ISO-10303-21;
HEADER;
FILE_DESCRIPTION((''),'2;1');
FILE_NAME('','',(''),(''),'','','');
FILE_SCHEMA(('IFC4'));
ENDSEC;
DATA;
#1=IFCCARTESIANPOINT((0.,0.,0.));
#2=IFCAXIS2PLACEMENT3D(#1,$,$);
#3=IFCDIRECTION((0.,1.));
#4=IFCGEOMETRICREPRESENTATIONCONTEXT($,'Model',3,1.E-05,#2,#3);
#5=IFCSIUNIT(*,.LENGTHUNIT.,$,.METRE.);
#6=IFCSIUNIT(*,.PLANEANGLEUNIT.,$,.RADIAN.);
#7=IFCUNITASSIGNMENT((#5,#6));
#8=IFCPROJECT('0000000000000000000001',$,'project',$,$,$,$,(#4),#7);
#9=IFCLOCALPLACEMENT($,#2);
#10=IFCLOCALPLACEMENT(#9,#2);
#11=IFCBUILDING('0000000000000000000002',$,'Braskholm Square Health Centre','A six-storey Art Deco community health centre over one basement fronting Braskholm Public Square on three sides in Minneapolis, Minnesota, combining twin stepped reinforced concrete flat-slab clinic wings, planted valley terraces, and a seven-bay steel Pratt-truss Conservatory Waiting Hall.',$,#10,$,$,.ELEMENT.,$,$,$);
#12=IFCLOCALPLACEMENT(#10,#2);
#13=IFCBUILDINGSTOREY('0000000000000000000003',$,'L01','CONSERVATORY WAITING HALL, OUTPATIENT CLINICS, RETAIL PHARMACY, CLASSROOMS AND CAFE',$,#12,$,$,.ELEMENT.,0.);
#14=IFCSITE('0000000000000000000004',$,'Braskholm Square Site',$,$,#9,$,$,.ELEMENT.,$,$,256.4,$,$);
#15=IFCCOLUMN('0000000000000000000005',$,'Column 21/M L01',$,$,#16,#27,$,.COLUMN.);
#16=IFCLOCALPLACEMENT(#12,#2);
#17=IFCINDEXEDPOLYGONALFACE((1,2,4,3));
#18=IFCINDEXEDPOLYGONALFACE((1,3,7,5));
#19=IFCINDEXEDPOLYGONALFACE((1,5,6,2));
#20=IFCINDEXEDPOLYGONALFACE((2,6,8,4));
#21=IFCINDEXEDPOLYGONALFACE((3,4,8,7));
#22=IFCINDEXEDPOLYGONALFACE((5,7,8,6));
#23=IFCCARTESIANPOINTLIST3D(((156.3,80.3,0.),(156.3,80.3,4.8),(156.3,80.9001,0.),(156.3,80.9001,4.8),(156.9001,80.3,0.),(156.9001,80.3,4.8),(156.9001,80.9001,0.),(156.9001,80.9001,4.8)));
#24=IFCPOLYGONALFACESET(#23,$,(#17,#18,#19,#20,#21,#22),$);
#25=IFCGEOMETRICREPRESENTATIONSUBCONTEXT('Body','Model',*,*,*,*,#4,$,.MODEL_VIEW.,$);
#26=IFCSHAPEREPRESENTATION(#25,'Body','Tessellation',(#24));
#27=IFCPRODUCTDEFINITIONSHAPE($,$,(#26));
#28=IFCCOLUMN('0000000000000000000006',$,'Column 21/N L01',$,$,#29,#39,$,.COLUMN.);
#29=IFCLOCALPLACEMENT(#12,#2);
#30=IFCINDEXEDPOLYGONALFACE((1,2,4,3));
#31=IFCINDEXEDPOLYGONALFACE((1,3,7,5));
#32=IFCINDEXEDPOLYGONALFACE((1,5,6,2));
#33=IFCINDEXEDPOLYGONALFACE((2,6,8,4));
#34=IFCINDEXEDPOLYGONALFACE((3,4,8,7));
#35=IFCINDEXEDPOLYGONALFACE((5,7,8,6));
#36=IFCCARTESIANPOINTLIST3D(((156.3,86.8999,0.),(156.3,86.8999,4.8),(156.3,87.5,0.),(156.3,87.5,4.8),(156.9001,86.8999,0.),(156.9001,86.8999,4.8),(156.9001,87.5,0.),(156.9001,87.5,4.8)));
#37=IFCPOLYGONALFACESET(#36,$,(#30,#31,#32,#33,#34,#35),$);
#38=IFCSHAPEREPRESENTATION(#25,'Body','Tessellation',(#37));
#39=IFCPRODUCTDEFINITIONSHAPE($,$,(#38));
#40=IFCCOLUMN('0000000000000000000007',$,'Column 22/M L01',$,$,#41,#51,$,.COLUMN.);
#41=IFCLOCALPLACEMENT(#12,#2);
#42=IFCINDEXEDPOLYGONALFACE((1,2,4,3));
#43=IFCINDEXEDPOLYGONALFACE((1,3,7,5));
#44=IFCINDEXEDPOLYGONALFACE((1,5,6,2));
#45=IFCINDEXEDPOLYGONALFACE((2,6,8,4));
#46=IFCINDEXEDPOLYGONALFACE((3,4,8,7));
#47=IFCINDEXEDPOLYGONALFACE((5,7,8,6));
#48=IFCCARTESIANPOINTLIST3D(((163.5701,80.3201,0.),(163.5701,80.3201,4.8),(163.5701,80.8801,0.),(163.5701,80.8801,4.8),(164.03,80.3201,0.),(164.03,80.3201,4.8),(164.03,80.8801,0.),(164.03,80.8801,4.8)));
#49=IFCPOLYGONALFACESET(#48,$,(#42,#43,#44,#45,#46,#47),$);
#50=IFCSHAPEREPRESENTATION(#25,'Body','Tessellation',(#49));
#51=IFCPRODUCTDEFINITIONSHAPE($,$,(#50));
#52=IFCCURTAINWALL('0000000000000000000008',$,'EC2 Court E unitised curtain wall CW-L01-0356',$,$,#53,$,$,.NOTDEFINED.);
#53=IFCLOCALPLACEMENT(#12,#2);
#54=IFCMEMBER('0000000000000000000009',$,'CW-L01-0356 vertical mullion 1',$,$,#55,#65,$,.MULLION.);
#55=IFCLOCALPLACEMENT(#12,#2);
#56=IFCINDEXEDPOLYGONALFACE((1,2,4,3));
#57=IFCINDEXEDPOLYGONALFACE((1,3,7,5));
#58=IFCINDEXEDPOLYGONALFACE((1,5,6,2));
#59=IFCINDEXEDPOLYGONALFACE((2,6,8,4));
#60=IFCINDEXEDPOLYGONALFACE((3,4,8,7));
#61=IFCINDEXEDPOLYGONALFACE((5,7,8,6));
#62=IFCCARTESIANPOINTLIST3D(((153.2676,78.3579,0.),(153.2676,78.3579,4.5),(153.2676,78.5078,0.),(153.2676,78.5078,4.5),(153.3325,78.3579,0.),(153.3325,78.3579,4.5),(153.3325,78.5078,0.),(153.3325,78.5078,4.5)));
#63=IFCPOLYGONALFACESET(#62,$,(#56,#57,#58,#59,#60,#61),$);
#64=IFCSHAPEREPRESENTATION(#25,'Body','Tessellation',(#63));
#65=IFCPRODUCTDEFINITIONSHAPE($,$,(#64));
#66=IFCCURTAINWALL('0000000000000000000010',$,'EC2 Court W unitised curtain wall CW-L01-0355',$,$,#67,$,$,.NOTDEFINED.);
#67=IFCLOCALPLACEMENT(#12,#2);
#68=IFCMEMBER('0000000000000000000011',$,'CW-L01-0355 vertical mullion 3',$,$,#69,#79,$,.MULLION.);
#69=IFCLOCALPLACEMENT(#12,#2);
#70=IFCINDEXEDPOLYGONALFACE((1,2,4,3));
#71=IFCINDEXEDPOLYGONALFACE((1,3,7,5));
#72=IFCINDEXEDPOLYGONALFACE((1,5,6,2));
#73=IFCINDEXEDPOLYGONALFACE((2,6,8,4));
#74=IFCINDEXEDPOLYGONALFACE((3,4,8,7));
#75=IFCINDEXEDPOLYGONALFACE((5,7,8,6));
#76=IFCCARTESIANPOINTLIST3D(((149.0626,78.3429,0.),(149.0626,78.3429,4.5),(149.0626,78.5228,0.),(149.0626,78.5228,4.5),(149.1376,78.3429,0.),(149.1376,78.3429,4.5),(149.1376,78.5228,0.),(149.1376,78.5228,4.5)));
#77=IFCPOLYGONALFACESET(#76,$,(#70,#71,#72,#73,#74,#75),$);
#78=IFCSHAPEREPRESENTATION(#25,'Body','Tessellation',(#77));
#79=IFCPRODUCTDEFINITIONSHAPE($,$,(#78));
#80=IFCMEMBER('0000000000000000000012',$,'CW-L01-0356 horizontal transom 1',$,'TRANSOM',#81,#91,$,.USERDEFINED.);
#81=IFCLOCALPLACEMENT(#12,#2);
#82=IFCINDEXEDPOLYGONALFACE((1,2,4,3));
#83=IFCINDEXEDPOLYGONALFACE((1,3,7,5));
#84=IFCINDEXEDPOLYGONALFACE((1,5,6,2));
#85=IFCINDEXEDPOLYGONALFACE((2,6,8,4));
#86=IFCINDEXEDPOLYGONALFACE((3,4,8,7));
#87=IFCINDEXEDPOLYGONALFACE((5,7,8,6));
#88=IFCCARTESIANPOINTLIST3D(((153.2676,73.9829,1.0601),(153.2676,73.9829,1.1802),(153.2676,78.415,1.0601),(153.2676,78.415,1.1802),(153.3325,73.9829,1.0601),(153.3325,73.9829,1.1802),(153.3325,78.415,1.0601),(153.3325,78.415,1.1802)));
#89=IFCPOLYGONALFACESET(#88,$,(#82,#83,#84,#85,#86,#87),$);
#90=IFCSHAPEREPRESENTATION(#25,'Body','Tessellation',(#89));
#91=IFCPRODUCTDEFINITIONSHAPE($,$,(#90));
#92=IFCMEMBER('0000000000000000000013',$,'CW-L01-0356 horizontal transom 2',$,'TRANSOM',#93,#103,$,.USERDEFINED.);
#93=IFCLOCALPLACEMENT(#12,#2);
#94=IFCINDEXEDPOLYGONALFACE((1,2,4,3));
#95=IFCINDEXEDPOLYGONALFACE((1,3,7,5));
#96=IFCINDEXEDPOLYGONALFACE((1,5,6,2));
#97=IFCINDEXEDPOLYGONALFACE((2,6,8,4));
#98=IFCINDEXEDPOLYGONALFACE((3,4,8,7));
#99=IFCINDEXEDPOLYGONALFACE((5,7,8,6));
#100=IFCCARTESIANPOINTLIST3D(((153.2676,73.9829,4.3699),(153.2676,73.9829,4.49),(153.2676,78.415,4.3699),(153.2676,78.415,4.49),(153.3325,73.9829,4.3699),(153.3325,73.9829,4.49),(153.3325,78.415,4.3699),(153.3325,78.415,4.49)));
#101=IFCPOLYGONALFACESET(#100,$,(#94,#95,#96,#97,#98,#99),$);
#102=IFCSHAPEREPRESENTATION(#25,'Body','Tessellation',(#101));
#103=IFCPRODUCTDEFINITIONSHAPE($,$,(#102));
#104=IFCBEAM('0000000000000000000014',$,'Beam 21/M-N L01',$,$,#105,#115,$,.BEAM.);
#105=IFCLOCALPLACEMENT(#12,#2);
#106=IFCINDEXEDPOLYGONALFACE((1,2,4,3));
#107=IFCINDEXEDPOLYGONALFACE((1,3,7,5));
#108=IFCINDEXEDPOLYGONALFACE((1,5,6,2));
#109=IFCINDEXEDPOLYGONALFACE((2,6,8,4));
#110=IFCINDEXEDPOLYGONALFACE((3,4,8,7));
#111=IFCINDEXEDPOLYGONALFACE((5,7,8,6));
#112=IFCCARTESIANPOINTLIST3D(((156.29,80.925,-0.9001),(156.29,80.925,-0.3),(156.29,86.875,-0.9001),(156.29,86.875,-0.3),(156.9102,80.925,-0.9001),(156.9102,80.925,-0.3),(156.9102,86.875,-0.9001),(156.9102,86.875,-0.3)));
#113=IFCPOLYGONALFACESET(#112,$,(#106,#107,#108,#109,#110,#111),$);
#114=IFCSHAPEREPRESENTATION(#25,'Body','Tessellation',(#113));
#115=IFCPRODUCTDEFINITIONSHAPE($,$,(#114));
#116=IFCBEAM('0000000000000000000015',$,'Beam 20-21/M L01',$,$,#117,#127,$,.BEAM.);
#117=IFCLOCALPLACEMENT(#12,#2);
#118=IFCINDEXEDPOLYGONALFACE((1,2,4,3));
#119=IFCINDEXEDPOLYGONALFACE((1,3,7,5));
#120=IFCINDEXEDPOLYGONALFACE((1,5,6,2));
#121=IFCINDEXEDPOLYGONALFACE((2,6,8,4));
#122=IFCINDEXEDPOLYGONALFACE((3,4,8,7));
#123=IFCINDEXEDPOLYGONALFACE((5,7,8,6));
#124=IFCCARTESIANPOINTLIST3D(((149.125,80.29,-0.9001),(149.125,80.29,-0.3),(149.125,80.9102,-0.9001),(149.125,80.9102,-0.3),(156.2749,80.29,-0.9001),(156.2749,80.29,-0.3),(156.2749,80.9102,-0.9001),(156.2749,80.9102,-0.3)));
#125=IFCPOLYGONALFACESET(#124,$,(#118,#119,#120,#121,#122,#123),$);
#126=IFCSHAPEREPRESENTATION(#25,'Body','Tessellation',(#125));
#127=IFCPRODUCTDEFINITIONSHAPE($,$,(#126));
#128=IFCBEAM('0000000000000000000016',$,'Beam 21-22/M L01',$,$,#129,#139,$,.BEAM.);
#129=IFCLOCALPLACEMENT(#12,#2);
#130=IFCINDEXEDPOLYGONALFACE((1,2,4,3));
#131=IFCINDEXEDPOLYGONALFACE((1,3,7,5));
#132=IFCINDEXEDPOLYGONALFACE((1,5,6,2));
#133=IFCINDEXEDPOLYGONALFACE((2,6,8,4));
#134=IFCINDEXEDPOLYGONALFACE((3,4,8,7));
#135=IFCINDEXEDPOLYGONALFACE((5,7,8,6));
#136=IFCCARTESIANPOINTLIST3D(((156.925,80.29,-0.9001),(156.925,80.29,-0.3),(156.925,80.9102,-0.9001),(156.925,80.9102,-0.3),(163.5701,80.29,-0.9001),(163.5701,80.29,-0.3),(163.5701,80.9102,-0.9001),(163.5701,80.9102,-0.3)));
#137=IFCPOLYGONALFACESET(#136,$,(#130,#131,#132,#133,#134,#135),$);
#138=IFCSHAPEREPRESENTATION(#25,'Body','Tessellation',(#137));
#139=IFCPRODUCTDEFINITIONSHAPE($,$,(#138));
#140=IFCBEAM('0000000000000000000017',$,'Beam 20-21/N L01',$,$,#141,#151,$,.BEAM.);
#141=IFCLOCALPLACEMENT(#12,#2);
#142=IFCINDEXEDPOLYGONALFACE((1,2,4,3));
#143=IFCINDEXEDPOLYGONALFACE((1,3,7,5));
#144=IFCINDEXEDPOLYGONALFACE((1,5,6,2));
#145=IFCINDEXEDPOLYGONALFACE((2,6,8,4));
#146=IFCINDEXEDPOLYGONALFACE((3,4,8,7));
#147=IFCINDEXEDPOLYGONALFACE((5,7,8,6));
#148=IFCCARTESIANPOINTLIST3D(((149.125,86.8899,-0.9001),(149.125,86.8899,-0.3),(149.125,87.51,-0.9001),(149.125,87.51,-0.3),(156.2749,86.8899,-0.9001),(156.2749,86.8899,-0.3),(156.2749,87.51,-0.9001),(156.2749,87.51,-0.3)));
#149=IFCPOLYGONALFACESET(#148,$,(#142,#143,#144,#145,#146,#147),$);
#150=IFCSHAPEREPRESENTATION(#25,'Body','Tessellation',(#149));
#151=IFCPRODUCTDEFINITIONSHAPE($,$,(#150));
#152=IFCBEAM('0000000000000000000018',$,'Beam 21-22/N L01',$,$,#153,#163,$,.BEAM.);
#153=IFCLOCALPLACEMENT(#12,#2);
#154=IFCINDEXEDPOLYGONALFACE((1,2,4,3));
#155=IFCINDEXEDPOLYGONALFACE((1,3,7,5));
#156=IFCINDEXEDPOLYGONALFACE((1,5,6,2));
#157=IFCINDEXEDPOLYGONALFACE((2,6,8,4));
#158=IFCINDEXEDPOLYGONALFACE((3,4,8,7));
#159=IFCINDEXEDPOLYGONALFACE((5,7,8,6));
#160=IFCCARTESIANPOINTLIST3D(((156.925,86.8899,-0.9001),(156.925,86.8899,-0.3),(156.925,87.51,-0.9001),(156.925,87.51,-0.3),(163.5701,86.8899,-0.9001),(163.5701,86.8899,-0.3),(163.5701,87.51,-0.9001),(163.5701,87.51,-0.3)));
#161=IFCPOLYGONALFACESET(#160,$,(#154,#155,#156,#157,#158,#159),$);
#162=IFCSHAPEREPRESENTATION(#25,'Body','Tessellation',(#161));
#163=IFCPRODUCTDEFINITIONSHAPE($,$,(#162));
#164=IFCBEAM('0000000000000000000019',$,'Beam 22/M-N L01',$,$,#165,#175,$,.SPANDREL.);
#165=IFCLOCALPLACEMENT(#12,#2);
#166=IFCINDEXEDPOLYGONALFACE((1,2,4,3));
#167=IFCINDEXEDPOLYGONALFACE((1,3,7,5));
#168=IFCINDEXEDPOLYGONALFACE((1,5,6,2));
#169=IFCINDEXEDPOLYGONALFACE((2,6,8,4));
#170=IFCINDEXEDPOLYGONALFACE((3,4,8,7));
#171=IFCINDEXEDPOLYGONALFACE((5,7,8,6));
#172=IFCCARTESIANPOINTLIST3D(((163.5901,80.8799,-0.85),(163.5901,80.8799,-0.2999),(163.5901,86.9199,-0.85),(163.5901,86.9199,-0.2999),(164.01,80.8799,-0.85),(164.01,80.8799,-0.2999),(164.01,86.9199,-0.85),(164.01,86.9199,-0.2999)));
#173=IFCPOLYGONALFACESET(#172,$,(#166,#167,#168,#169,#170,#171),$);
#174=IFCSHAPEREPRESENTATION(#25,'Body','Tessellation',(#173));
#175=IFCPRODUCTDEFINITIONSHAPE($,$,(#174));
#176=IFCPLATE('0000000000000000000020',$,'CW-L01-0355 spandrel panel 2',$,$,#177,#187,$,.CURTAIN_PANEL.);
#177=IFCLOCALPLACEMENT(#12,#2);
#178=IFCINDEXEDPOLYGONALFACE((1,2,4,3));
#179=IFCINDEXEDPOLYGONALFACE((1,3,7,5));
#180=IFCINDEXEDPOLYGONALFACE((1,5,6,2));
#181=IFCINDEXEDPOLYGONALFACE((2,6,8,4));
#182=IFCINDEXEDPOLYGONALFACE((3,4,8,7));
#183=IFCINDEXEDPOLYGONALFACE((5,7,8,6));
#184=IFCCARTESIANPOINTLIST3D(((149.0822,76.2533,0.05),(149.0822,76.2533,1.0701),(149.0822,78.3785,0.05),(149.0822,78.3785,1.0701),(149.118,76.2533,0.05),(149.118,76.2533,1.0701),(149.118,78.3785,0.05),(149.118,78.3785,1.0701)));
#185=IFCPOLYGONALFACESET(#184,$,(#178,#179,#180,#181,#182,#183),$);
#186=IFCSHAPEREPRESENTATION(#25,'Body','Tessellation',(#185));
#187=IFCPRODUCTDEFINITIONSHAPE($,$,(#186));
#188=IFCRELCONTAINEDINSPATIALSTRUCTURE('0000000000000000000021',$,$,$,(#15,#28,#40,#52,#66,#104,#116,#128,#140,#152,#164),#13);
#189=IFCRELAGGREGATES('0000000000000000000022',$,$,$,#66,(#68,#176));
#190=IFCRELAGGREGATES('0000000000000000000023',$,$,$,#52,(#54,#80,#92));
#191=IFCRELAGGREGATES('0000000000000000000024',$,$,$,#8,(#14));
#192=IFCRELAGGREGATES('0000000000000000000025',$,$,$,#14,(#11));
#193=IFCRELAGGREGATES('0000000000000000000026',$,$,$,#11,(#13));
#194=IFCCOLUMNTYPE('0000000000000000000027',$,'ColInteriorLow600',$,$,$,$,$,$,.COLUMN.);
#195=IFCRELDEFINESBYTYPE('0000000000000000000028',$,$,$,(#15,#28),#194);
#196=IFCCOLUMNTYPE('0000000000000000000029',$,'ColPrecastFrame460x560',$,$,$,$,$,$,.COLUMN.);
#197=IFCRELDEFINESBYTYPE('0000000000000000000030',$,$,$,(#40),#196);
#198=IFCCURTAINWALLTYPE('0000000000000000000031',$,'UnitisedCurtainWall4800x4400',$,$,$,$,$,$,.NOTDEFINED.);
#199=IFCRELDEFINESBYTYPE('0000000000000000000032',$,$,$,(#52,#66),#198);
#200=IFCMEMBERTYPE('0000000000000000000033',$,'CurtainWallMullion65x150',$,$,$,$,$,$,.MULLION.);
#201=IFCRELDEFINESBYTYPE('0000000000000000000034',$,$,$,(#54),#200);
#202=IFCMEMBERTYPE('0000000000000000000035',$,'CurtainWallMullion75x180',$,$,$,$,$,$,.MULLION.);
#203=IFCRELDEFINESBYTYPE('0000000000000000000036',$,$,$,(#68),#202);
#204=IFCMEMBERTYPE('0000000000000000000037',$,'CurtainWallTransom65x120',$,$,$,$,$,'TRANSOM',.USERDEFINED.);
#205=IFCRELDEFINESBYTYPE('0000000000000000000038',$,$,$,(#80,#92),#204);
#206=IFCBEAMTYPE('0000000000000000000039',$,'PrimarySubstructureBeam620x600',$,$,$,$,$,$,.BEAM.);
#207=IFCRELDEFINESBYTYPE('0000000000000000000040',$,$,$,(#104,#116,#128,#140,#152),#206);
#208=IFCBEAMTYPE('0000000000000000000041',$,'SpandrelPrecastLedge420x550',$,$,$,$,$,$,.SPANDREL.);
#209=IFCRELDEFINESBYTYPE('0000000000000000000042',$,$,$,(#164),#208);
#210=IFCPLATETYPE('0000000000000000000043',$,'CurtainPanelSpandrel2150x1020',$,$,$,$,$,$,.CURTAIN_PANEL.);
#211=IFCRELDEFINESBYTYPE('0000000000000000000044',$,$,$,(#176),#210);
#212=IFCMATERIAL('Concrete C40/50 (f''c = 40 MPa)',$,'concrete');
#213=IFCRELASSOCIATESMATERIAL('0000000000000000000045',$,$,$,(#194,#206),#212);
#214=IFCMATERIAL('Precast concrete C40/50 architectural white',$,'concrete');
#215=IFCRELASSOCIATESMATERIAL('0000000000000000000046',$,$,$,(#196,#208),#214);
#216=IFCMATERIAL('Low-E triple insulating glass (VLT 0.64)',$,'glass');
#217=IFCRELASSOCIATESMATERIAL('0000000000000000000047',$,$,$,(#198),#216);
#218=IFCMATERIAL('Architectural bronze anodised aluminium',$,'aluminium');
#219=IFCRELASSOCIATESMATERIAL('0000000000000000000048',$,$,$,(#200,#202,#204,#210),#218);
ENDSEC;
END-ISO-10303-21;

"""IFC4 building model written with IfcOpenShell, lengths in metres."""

from ifc_helpers import new_model, si_unit, direction, frame, origin, origin_2d, place, context, subcontext, project, spatial, rectangle, extrude, material, material_profile, profile_set, type_object, element, aggregate, save


model = new_model("IFC4")

# Units and contexts
model_context = context("Model", 3, precision=1e-05, world=origin(), true_north=direction((0.0, 1.0)))
body_context = subcontext(model_context, "Body", "Model", "MODEL_VIEW")
ifc_project = project(units=[si_unit("LENGTHUNIT", "METRE"), si_unit("PLANEANGLEUNIT", "RADIAN")], contexts=[model_context])

# Site, building, storey
site_placement = place(None, origin())
site = spatial("IfcSite", under=ifc_project, at=site_placement, Name="Braskholm Square Site", CompositionType="ELEMENT", RefElevation=256.4)
building_placement = place(site_placement, origin())
building = spatial("IfcBuilding", under=site, at=building_placement, Name="Braskholm Square Health Centre", Description="A six-storey Art Deco community health centre over one basement fronting Braskholm Public Square on three sides in Minneapolis, Minnesota, combining twin stepped reinforced concrete flat-slab clinic wings, planted valley terraces, and a seven-bay steel Pratt-truss Conservatory Waiting Hall.", CompositionType="ELEMENT")
storey_placement = place(building_placement, origin())
storey = spatial("IfcBuildingStorey", under=building, at=storey_placement, Name="L01", Description="CONSERVATORY WAITING HALL, OUTPATIENT CLINICS, RETAIL PHARMACY, CLASSROOMS AND CAFE", CompositionType="ELEMENT", Elevation=0.0)

# Columns
ifc_material_1 = material(Name="Concrete C40/50 (f'c = 40 MPa)", Category="concrete")
ifc_material_profile_1 = material_profile(ifc_material_1, rectangle(XDim=0.6001, YDim=0.6001, at=origin_2d()), Name="RC-600X600")
ifc_profile_set_1 = profile_set([ifc_material_profile_1], Name="Concrete C40/50 (f'c = 40 MPa)")
column_type_1 = type_object("IfcColumnType", Name="ColInteriorLow600", PredefinedType="COLUMN", material=ifc_profile_set_1)
for number, where, z_axis, x_axis, name in (
    (1, (156.6001, 80.6001, 0.0), (0.0, 0.0, 1.0), (1.0, 0.0, 0.0), "Column 21/M L01"),
    (2, (156.6001, 87.2, 0.0), (0.0, 0.0, 1.0), (1.0, 0.0, 0.0), "Column 21/N L01"),
):
    element("IfcColumn", number, at=place(storey_placement, frame(where, z_axis=z_axis, x_axis=x_axis)), inside=storey, type_object=column_type_1, Name=name, PredefinedType="COLUMN", context=body_context, shape_type="SweptSolid", body=[
        extrude(rectangle(XDim=0.6001, YDim=0.6001, at=origin_2d()), origin(), (0.0, 0.0, 1.0), 4.8),
    ])
ifc_material_2 = material(Name="Precast concrete C40/50 architectural white", Category="concrete")
ifc_material_profile_2 = material_profile(ifc_material_2, rectangle(XDim=0.46, YDim=0.5601, at=origin_2d()), Name="RC-460X560")
ifc_profile_set_2 = profile_set([ifc_material_profile_2], Name="Precast concrete C40/50 architectural white")
column_type_2 = type_object("IfcColumnType", Name="ColPrecastFrame460x560", PredefinedType="COLUMN", material=ifc_profile_set_2)
column_placement = place(storey_placement, frame((163.8, 80.6001, 0.0), z_axis=(0.0, 0.0, 1.0), x_axis=(1.0, 0.0, 0.0)))
element("IfcColumn", 3, at=column_placement, inside=storey, type_object=column_type_2, Name="Column 22/M L01", PredefinedType="COLUMN", context=body_context, shape_type="SweptSolid", body=[
    extrude(rectangle(XDim=0.46, YDim=0.5601, at=origin_2d()), origin(), (0.0, 0.0, 1.0), 4.8),
])

# Curtain walls, members
ifc_material_3 = material(Name="Low-E triple insulating glass (VLT 0.64)", Category="glass")
curtain_wall_type = type_object("IfcCurtainWallType", Name="UnitisedCurtainWall4800x4400", PredefinedType="NOTDEFINED", material=ifc_material_3)
curtain_wall_1_placement = place(storey_placement, origin())
curtain_wall_1 = element("IfcCurtainWall", 4, at=curtain_wall_1_placement, inside=storey, type_object=curtain_wall_type, Name="EC2 Court E unitised curtain wall CW-L01-0356", PredefinedType="NOTDEFINED")
ifc_material_4 = material(Name="Architectural bronze anodised aluminium", Category="aluminium")
ifc_material_profile_3 = material_profile(ifc_material_4, rectangle(XDim=0.0649, YDim=0.1499, at=origin_2d()), Name="ALU-65X150")
ifc_profile_set_3 = profile_set([ifc_material_profile_3], Name="Architectural bronze anodised aluminium")
member_type_1 = type_object("IfcMemberType", Name="CurtainWallMullion65x150", PredefinedType="MULLION", material=ifc_profile_set_3)
member_1_placement = place(storey_placement, frame((153.3, 78.4329, 0.0), z_axis=(0.0, 0.0, 1.0), x_axis=(1.0, 0.0, 0.0)))
member_1 = element("IfcMember", 5, at=member_1_placement, type_object=member_type_1, Name="CW-L01-0356 vertical mullion 1", PredefinedType="MULLION", context=body_context, shape_type="SweptSolid", body=[
    extrude(rectangle(XDim=0.0649, YDim=0.1499, at=origin_2d()), origin(), (0.0, 0.0, 1.0), 4.5),
])
curtain_wall_2_placement = place(storey_placement, origin())
curtain_wall_2 = element("IfcCurtainWall", 6, at=curtain_wall_2_placement, inside=storey, type_object=curtain_wall_type, Name="EC2 Court W unitised curtain wall CW-L01-0355", PredefinedType="NOTDEFINED")
ifc_material_profile_4 = material_profile(ifc_material_4, rectangle(XDim=0.075, YDim=0.1799, at=origin_2d()), Name="ALU-75X180")
ifc_profile_set_4 = profile_set([ifc_material_profile_4], Name="Architectural bronze anodised aluminium")
member_type_2 = type_object("IfcMemberType", Name="CurtainWallMullion75x180", PredefinedType="MULLION", material=ifc_profile_set_4)
member_2_placement = place(storey_placement, frame((149.1001, 78.4329, 0.0), z_axis=(0.0, 0.0, 1.0), x_axis=(1.0, 0.0, 0.0)))
member_2 = element("IfcMember", 7, at=member_2_placement, type_object=member_type_2, Name="CW-L01-0355 vertical mullion 3", PredefinedType="MULLION", context=body_context, shape_type="SweptSolid", body=[
    extrude(rectangle(XDim=0.075, YDim=0.1799, at=origin_2d()), origin(), (0.0, 0.0, 1.0), 4.5),
])

# Members
ifc_material_profile_5 = material_profile(ifc_material_4, rectangle(XDim=0.0649, YDim=0.1201, at=origin_2d()), Name="ALU-65X120")
ifc_profile_set_5 = profile_set([ifc_material_profile_5], Name="Architectural bronze anodised aluminium")
member_type_3 = type_object("IfcMemberType", Name="CurtainWallTransom65x120", ElementType="TRANSOM", PredefinedType="USERDEFINED", material=ifc_profile_set_5)
member_3_placement = place(storey_placement, frame((153.3, 78.415, 1.1201), z_axis=(0.0, -1.0, 0.0), x_axis=(1.0, 0.0, 0.0)))
member_3 = element("IfcMember", 8, at=member_3_placement, type_object=member_type_3, Name="CW-L01-0356 horizontal transom 1", ObjectType="TRANSOM", PredefinedType="USERDEFINED", context=body_context, shape_type="SweptSolid", body=[
    extrude(rectangle(XDim=0.0649, YDim=0.1201, at=origin_2d()), origin(), (0.0, 0.0, 1.0), 4.4321),
])
member_4_placement = place(storey_placement, frame((153.3, 78.415, 4.4299), z_axis=(0.0, -1.0, 0.0), x_axis=(1.0, 0.0, 0.0)))
member_4 = element("IfcMember", 9, at=member_4_placement, type_object=member_type_3, Name="CW-L01-0356 horizontal transom 2", ObjectType="TRANSOM", PredefinedType="USERDEFINED", context=body_context, shape_type="SweptSolid", body=[
    extrude(rectangle(XDim=0.0649, YDim=0.1201, at=origin_2d()), origin(), (0.0, 0.0, 1.0), 4.4321),
])

# Beams
ifc_material_profile_6 = material_profile(ifc_material_1, rectangle(XDim=0.6201, YDim=0.6001, at=origin_2d()), Name="RCB-620X600")
ifc_profile_set_6 = profile_set([ifc_material_profile_6], Name="Concrete C40/50 (f'c = 40 MPa)")
beam_type_1 = type_object("IfcBeamType", Name="PrimarySubstructureBeam620x600", PredefinedType="BEAM", material=ifc_profile_set_6)
beam_1_placement = place(storey_placement, frame((156.6001, 80.925, -0.6001), z_axis=(0.0, 1.0, 0.0), x_axis=(-1.0, 0.0, 0.0)))
element("IfcBeam", 10, at=beam_1_placement, inside=storey, type_object=beam_type_1, Name="Beam 21/M-N L01", PredefinedType="BEAM", context=body_context, shape_type="SweptSolid", body=[
    extrude(rectangle(XDim=0.6201, YDim=0.6001, at=origin_2d()), origin(), (0.0, 0.0, 1.0), 5.95),
])
beam_2_placement = place(storey_placement, frame((149.125, 80.6001, -0.6001), z_axis=(1.0, 0.0, 0.0), x_axis=(0.0, 1.0, 0.0)))
element("IfcBeam", 11, at=beam_2_placement, inside=storey, type_object=beam_type_1, Name="Beam 20-21/M L01", PredefinedType="BEAM", context=body_context, shape_type="SweptSolid", body=[
    extrude(rectangle(XDim=0.6201, YDim=0.6001, at=origin_2d()), origin(), (0.0, 0.0, 1.0), 7.1499),
])
beam_3_placement = place(storey_placement, frame((156.925, 80.6001, -0.6001), z_axis=(1.0, 0.0, 0.0), x_axis=(0.0, 1.0, 0.0)))
element("IfcBeam", 12, at=beam_3_placement, inside=storey, type_object=beam_type_1, Name="Beam 21-22/M L01", PredefinedType="BEAM", context=body_context, shape_type="SweptSolid", body=[
    extrude(rectangle(XDim=0.6201, YDim=0.6001, at=origin_2d()), origin(), (0.0, 0.0, 1.0), 6.645),
])
beam_4_placement = place(storey_placement, frame((149.125, 87.2, -0.6001), z_axis=(1.0, 0.0, 0.0), x_axis=(0.0, 1.0, 0.0)))
element("IfcBeam", 13, at=beam_4_placement, inside=storey, type_object=beam_type_1, Name="Beam 20-21/N L01", PredefinedType="BEAM", context=body_context, shape_type="SweptSolid", body=[
    extrude(rectangle(XDim=0.6201, YDim=0.6001, at=origin_2d()), origin(), (0.0, 0.0, 1.0), 7.1499),
])
beam_5_placement = place(storey_placement, frame((156.925, 87.2, -0.6001), z_axis=(1.0, 0.0, 0.0), x_axis=(0.0, 1.0, 0.0)))
element("IfcBeam", 14, at=beam_5_placement, inside=storey, type_object=beam_type_1, Name="Beam 21-22/N L01", PredefinedType="BEAM", context=body_context, shape_type="SweptSolid", body=[
    extrude(rectangle(XDim=0.6201, YDim=0.6001, at=origin_2d()), origin(), (0.0, 0.0, 1.0), 6.645),
])
ifc_material_profile_7 = material_profile(ifc_material_2, rectangle(XDim=0.4199, YDim=0.55, at=origin_2d()), Name="RCB-420X550")
ifc_profile_set_7 = profile_set([ifc_material_profile_7], Name="Precast concrete C40/50 architectural white")
beam_type_2 = type_object("IfcBeamType", Name="SpandrelPrecastLedge420x550", PredefinedType="SPANDREL", material=ifc_profile_set_7)
beam_6_placement = place(storey_placement, frame((163.8, 80.8799, -0.575), z_axis=(0.0, 1.0, 0.0), x_axis=(-1.0, 0.0, 0.0)))
element("IfcBeam", 15, at=beam_6_placement, inside=storey, type_object=beam_type_2, Name="Beam 22/M-N L01", PredefinedType="SPANDREL", context=body_context, shape_type="SweptSolid", body=[
    extrude(rectangle(XDim=0.4199, YDim=0.55, at=origin_2d()), origin(), (0.0, 0.0, 1.0), 6.04),
])

# Plate
plate_type_1 = type_object("IfcPlateType", Name="CurtainPanelSpandrel2150x1020", PredefinedType="CURTAIN_PANEL", material=ifc_material_4)
plate_1_placement = place(storey_placement, frame((149.1001, 77.3159, 0.05), z_axis=(0.0, 0.0, 1.0), x_axis=(0.0, 1.0, 0.0)))
plate_1 = element("IfcPlate", 16, at=plate_1_placement, type_object=plate_type_1, Name="CW-L01-0355 spandrel panel 2", PredefinedType="CURTAIN_PANEL", context=body_context, shape_type="SweptSolid", body=[
    extrude(rectangle(XDim=2.1252, YDim=0.0359, at=origin_2d()), origin(), (0.0, 0.0, 1.0), 1.02),
])
aggregate(curtain_wall_2, [member_2, plate_1])
aggregate(curtain_wall_1, [member_1, member_3, member_4])

save(model, "model.ifc")
